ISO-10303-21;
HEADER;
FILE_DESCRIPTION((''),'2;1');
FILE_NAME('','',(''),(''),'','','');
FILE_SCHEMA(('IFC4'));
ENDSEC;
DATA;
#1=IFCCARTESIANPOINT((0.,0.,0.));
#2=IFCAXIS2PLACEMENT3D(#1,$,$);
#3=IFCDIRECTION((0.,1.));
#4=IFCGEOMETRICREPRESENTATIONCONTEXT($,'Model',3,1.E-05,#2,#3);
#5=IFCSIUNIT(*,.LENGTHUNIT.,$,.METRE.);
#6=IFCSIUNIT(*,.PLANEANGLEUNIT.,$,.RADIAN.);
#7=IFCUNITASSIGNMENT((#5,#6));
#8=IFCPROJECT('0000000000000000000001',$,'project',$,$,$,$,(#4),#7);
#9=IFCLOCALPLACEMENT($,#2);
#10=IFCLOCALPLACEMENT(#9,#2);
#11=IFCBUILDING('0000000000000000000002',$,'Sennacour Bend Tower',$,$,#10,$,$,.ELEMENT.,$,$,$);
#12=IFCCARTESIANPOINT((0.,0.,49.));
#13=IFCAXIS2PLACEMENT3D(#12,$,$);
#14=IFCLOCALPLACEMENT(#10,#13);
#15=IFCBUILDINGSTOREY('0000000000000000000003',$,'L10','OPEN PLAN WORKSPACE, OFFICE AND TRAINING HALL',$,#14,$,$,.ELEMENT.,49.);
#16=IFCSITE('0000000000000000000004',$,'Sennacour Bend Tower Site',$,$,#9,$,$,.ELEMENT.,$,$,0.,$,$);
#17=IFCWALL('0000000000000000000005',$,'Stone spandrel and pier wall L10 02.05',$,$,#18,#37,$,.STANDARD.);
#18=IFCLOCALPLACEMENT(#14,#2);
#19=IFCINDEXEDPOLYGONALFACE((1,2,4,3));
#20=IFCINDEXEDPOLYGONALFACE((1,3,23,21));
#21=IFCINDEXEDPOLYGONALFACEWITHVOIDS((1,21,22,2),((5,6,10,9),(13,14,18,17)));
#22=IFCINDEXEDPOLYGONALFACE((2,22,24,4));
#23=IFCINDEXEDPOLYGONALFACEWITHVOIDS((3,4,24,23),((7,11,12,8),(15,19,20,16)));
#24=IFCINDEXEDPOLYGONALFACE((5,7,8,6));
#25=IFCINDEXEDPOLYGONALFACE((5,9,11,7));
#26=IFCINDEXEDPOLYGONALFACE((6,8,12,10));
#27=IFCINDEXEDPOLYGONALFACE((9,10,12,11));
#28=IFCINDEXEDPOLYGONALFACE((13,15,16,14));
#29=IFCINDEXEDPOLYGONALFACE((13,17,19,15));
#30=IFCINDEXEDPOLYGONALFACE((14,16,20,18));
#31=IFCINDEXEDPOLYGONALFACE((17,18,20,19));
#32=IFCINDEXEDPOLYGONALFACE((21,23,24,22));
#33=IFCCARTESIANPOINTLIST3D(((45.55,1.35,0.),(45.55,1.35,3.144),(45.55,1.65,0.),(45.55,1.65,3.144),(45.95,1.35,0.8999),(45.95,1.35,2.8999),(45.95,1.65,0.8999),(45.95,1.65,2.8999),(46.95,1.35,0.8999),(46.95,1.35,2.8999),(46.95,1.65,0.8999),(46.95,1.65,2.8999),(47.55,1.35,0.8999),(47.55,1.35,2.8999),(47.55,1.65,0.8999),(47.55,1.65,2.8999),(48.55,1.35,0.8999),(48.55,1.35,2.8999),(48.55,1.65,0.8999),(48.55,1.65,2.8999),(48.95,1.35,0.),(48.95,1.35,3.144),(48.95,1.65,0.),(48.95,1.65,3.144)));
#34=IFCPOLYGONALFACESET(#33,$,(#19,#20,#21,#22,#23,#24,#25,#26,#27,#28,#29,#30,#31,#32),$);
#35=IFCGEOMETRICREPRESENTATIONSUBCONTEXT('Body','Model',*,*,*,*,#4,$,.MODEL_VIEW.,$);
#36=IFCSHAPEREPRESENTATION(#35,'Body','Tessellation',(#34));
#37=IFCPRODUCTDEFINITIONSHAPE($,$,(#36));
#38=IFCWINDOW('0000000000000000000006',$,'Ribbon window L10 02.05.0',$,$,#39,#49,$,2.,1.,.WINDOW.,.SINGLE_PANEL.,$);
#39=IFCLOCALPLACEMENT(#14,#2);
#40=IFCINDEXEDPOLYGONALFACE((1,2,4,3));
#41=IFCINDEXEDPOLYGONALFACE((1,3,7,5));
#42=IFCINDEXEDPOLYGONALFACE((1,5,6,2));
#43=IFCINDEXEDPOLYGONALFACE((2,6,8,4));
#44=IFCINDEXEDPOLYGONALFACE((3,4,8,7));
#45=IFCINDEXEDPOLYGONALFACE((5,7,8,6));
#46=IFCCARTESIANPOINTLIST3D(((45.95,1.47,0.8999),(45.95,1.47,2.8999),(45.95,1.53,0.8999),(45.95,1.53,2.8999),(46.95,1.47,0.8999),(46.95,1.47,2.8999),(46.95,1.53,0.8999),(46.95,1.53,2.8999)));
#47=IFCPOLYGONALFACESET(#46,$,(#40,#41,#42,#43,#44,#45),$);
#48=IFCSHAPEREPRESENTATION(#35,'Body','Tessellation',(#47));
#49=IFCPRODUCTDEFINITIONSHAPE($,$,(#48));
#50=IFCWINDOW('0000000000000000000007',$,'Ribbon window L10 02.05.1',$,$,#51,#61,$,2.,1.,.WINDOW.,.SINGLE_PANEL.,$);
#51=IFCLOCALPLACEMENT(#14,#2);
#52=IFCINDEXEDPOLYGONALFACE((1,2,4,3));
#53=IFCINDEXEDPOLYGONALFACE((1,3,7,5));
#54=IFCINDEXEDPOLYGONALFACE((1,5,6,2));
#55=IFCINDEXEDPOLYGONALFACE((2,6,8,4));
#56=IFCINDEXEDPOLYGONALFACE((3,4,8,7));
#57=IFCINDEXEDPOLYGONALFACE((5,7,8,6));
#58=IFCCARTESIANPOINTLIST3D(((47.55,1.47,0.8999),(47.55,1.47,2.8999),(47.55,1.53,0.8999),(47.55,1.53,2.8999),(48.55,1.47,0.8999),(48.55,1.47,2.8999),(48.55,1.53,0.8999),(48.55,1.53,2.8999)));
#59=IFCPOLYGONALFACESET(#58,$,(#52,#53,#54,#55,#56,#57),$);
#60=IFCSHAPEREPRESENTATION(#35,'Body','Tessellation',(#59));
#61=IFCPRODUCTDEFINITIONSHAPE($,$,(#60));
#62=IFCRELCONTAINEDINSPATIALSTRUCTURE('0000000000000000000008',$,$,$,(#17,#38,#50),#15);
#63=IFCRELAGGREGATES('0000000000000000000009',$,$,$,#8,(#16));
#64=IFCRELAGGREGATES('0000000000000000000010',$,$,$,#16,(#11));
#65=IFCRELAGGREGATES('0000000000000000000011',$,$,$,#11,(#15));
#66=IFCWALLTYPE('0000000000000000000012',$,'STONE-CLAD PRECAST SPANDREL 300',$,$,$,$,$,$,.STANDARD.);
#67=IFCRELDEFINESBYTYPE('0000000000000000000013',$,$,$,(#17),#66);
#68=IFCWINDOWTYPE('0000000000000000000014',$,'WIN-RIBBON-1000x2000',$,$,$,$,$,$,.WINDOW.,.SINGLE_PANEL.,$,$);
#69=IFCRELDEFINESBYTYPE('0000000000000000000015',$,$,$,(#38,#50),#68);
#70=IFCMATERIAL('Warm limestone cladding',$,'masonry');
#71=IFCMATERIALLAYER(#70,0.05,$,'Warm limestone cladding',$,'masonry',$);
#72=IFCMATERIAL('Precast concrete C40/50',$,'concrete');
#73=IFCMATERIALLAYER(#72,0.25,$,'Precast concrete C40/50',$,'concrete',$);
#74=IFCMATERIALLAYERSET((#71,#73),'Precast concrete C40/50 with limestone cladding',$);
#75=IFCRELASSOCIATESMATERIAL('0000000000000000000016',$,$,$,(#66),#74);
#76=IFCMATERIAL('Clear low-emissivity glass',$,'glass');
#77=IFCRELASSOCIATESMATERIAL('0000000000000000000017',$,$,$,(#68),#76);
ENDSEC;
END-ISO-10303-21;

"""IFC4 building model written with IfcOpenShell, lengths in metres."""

from ifc_helpers import new_model, si_unit, direction, frame, frame_2d, origin, place, context, subcontext, project, spatial, rectangle, extrude, material, layer, layer_set, type_object, element, fill, save


model = new_model("IFC4")

# Units and contexts
model_context = context("Model", 3, precision=1e-05, world=origin(), true_north=direction((0.0, 1.0)))
body_context = subcontext(model_context, "Body", "Model", "MODEL_VIEW")
ifc_project = project(units=[si_unit("LENGTHUNIT", "METRE"), si_unit("PLANEANGLEUNIT", "RADIAN")], contexts=[model_context])

# Site, building, storey
site_placement = place(None, origin())
site = spatial("IfcSite", under=ifc_project, at=site_placement, Name="Sennacour Bend Tower Site", CompositionType="ELEMENT", RefElevation=0.0)
building_placement = place(site_placement, origin())
building = spatial("IfcBuilding", under=site, at=building_placement, Name="Sennacour Bend Tower", CompositionType="ELEMENT")
storey_placement = place(building_placement, frame((0.0, 0.0, 49.0)))
storey = spatial("IfcBuildingStorey", under=building, at=storey_placement, Name="L10", Description="OPEN PLAN WORKSPACE, OFFICE AND TRAINING HALL", CompositionType="ELEMENT", Elevation=49.0)

# Wall, openings, windows
ifc_material_1 = material(Name="Warm limestone cladding", Category="masonry")
ifc_layer_1 = layer(ifc_material_1, 0.05, Name="Warm limestone cladding", Category="masonry")
ifc_material_2 = material(Name="Precast concrete C40/50", Category="concrete")
ifc_layer_2 = layer(ifc_material_2, 0.25, Name="Precast concrete C40/50", Category="concrete")
ifc_layer_set_1 = layer_set([ifc_layer_1, ifc_layer_2], Name="Precast concrete C40/50 with limestone cladding")
wall_type_1 = type_object("IfcWallType", Name="STONE-CLAD PRECAST SPANDREL 300", PredefinedType="STANDARD", material=ifc_layer_set_1)
wall_1_placement = place(storey_placement, frame((45.55, 1.5, 0.0), z_axis=(0.0, 0.0, 1.0), x_axis=(1.0, 0.0, 0.0)))
wall_1 = element("IfcWall", 1, at=wall_1_placement, inside=storey, type_object=wall_type_1, Name="Stone spandrel and pier wall L10 02.05", PredefinedType="STANDARD", context=body_context, shape_type="SweptSolid", body=[
    extrude(rectangle(XDim=3.3999, YDim=0.3, at=frame_2d((1.7, 0.0))), origin(), (0.0, 0.0, 1.0), 3.144),
])
opening_1_placement = place(wall_1_placement, frame((0.3999, 0.0, 0.8999)))
opening_1 = element("IfcOpeningElement", 2, at=opening_1_placement, cuts=wall_1, PredefinedType="OPENING", context=body_context, shape_type="SweptSolid", body=[
    extrude(rectangle(XDim=1.0, YDim=2.0, at=frame_2d((0.5, 1.0))), frame((0.0, 0.1602, 0.0), z_axis=(0.0, -1.0, 0.0), x_axis=(1.0, 0.0, 0.0)), (0.0, 0.0, 1.0), 0.3201),
])
opening_2_placement = place(wall_1_placement, frame((2.0, 0.0, 0.8999)))
opening_2 = element("IfcOpeningElement", 3, at=opening_2_placement, cuts=wall_1, PredefinedType="OPENING", context=body_context, shape_type="SweptSolid", body=[
    extrude(rectangle(XDim=1.0, YDim=2.0, at=frame_2d((0.5, 1.0))), frame((0.0, 0.1602, 0.0), z_axis=(0.0, -1.0, 0.0), x_axis=(1.0, 0.0, 0.0)), (0.0, 0.0, 1.0), 0.3201),
])
ifc_material_3 = material(Name="Clear low-emissivity glass", Category="glass")
window_type = type_object("IfcWindowType", Name="WIN-RIBBON-1000x2000", PartitioningType="SINGLE_PANEL", PredefinedType="WINDOW", material=ifc_material_3)
window_1_placement = place(opening_1_placement, origin())
window_1 = element("IfcWindow", 4, at=window_1_placement, inside=storey, type_object=window_type, Name="Ribbon window L10 02.05.0", OverallHeight=2.0, OverallWidth=1.0, PartitioningType="SINGLE_PANEL", PredefinedType="WINDOW", context=body_context, shape_type="SweptSolid", body=[
    extrude(rectangle(XDim=1.0, YDim=2.0, at=frame_2d((0.5, 1.0))), frame((0.0, 0.03, 0.0), z_axis=(0.0, -1.0, 0.0), x_axis=(1.0, 0.0, 0.0)), (0.0, 0.0, 1.0), 0.0601),
])
fill(opening_1, window_1)
window_2_placement = place(opening_2_placement, origin())
window_2 = element("IfcWindow", 5, at=window_2_placement, inside=storey, type_object=window_type, Name="Ribbon window L10 02.05.1", OverallHeight=2.0, OverallWidth=1.0, PartitioningType="SINGLE_PANEL", PredefinedType="WINDOW", context=body_context, shape_type="SweptSolid", body=[
    extrude(rectangle(XDim=1.0, YDim=2.0, at=frame_2d((0.5, 1.0))), frame((0.0, 0.03, 0.0), z_axis=(0.0, -1.0, 0.0), x_axis=(1.0, 0.0, 0.0)), (0.0, 0.0, 1.0), 0.0601),
])
fill(opening_2, window_2)

save(model, "model.ifc")
